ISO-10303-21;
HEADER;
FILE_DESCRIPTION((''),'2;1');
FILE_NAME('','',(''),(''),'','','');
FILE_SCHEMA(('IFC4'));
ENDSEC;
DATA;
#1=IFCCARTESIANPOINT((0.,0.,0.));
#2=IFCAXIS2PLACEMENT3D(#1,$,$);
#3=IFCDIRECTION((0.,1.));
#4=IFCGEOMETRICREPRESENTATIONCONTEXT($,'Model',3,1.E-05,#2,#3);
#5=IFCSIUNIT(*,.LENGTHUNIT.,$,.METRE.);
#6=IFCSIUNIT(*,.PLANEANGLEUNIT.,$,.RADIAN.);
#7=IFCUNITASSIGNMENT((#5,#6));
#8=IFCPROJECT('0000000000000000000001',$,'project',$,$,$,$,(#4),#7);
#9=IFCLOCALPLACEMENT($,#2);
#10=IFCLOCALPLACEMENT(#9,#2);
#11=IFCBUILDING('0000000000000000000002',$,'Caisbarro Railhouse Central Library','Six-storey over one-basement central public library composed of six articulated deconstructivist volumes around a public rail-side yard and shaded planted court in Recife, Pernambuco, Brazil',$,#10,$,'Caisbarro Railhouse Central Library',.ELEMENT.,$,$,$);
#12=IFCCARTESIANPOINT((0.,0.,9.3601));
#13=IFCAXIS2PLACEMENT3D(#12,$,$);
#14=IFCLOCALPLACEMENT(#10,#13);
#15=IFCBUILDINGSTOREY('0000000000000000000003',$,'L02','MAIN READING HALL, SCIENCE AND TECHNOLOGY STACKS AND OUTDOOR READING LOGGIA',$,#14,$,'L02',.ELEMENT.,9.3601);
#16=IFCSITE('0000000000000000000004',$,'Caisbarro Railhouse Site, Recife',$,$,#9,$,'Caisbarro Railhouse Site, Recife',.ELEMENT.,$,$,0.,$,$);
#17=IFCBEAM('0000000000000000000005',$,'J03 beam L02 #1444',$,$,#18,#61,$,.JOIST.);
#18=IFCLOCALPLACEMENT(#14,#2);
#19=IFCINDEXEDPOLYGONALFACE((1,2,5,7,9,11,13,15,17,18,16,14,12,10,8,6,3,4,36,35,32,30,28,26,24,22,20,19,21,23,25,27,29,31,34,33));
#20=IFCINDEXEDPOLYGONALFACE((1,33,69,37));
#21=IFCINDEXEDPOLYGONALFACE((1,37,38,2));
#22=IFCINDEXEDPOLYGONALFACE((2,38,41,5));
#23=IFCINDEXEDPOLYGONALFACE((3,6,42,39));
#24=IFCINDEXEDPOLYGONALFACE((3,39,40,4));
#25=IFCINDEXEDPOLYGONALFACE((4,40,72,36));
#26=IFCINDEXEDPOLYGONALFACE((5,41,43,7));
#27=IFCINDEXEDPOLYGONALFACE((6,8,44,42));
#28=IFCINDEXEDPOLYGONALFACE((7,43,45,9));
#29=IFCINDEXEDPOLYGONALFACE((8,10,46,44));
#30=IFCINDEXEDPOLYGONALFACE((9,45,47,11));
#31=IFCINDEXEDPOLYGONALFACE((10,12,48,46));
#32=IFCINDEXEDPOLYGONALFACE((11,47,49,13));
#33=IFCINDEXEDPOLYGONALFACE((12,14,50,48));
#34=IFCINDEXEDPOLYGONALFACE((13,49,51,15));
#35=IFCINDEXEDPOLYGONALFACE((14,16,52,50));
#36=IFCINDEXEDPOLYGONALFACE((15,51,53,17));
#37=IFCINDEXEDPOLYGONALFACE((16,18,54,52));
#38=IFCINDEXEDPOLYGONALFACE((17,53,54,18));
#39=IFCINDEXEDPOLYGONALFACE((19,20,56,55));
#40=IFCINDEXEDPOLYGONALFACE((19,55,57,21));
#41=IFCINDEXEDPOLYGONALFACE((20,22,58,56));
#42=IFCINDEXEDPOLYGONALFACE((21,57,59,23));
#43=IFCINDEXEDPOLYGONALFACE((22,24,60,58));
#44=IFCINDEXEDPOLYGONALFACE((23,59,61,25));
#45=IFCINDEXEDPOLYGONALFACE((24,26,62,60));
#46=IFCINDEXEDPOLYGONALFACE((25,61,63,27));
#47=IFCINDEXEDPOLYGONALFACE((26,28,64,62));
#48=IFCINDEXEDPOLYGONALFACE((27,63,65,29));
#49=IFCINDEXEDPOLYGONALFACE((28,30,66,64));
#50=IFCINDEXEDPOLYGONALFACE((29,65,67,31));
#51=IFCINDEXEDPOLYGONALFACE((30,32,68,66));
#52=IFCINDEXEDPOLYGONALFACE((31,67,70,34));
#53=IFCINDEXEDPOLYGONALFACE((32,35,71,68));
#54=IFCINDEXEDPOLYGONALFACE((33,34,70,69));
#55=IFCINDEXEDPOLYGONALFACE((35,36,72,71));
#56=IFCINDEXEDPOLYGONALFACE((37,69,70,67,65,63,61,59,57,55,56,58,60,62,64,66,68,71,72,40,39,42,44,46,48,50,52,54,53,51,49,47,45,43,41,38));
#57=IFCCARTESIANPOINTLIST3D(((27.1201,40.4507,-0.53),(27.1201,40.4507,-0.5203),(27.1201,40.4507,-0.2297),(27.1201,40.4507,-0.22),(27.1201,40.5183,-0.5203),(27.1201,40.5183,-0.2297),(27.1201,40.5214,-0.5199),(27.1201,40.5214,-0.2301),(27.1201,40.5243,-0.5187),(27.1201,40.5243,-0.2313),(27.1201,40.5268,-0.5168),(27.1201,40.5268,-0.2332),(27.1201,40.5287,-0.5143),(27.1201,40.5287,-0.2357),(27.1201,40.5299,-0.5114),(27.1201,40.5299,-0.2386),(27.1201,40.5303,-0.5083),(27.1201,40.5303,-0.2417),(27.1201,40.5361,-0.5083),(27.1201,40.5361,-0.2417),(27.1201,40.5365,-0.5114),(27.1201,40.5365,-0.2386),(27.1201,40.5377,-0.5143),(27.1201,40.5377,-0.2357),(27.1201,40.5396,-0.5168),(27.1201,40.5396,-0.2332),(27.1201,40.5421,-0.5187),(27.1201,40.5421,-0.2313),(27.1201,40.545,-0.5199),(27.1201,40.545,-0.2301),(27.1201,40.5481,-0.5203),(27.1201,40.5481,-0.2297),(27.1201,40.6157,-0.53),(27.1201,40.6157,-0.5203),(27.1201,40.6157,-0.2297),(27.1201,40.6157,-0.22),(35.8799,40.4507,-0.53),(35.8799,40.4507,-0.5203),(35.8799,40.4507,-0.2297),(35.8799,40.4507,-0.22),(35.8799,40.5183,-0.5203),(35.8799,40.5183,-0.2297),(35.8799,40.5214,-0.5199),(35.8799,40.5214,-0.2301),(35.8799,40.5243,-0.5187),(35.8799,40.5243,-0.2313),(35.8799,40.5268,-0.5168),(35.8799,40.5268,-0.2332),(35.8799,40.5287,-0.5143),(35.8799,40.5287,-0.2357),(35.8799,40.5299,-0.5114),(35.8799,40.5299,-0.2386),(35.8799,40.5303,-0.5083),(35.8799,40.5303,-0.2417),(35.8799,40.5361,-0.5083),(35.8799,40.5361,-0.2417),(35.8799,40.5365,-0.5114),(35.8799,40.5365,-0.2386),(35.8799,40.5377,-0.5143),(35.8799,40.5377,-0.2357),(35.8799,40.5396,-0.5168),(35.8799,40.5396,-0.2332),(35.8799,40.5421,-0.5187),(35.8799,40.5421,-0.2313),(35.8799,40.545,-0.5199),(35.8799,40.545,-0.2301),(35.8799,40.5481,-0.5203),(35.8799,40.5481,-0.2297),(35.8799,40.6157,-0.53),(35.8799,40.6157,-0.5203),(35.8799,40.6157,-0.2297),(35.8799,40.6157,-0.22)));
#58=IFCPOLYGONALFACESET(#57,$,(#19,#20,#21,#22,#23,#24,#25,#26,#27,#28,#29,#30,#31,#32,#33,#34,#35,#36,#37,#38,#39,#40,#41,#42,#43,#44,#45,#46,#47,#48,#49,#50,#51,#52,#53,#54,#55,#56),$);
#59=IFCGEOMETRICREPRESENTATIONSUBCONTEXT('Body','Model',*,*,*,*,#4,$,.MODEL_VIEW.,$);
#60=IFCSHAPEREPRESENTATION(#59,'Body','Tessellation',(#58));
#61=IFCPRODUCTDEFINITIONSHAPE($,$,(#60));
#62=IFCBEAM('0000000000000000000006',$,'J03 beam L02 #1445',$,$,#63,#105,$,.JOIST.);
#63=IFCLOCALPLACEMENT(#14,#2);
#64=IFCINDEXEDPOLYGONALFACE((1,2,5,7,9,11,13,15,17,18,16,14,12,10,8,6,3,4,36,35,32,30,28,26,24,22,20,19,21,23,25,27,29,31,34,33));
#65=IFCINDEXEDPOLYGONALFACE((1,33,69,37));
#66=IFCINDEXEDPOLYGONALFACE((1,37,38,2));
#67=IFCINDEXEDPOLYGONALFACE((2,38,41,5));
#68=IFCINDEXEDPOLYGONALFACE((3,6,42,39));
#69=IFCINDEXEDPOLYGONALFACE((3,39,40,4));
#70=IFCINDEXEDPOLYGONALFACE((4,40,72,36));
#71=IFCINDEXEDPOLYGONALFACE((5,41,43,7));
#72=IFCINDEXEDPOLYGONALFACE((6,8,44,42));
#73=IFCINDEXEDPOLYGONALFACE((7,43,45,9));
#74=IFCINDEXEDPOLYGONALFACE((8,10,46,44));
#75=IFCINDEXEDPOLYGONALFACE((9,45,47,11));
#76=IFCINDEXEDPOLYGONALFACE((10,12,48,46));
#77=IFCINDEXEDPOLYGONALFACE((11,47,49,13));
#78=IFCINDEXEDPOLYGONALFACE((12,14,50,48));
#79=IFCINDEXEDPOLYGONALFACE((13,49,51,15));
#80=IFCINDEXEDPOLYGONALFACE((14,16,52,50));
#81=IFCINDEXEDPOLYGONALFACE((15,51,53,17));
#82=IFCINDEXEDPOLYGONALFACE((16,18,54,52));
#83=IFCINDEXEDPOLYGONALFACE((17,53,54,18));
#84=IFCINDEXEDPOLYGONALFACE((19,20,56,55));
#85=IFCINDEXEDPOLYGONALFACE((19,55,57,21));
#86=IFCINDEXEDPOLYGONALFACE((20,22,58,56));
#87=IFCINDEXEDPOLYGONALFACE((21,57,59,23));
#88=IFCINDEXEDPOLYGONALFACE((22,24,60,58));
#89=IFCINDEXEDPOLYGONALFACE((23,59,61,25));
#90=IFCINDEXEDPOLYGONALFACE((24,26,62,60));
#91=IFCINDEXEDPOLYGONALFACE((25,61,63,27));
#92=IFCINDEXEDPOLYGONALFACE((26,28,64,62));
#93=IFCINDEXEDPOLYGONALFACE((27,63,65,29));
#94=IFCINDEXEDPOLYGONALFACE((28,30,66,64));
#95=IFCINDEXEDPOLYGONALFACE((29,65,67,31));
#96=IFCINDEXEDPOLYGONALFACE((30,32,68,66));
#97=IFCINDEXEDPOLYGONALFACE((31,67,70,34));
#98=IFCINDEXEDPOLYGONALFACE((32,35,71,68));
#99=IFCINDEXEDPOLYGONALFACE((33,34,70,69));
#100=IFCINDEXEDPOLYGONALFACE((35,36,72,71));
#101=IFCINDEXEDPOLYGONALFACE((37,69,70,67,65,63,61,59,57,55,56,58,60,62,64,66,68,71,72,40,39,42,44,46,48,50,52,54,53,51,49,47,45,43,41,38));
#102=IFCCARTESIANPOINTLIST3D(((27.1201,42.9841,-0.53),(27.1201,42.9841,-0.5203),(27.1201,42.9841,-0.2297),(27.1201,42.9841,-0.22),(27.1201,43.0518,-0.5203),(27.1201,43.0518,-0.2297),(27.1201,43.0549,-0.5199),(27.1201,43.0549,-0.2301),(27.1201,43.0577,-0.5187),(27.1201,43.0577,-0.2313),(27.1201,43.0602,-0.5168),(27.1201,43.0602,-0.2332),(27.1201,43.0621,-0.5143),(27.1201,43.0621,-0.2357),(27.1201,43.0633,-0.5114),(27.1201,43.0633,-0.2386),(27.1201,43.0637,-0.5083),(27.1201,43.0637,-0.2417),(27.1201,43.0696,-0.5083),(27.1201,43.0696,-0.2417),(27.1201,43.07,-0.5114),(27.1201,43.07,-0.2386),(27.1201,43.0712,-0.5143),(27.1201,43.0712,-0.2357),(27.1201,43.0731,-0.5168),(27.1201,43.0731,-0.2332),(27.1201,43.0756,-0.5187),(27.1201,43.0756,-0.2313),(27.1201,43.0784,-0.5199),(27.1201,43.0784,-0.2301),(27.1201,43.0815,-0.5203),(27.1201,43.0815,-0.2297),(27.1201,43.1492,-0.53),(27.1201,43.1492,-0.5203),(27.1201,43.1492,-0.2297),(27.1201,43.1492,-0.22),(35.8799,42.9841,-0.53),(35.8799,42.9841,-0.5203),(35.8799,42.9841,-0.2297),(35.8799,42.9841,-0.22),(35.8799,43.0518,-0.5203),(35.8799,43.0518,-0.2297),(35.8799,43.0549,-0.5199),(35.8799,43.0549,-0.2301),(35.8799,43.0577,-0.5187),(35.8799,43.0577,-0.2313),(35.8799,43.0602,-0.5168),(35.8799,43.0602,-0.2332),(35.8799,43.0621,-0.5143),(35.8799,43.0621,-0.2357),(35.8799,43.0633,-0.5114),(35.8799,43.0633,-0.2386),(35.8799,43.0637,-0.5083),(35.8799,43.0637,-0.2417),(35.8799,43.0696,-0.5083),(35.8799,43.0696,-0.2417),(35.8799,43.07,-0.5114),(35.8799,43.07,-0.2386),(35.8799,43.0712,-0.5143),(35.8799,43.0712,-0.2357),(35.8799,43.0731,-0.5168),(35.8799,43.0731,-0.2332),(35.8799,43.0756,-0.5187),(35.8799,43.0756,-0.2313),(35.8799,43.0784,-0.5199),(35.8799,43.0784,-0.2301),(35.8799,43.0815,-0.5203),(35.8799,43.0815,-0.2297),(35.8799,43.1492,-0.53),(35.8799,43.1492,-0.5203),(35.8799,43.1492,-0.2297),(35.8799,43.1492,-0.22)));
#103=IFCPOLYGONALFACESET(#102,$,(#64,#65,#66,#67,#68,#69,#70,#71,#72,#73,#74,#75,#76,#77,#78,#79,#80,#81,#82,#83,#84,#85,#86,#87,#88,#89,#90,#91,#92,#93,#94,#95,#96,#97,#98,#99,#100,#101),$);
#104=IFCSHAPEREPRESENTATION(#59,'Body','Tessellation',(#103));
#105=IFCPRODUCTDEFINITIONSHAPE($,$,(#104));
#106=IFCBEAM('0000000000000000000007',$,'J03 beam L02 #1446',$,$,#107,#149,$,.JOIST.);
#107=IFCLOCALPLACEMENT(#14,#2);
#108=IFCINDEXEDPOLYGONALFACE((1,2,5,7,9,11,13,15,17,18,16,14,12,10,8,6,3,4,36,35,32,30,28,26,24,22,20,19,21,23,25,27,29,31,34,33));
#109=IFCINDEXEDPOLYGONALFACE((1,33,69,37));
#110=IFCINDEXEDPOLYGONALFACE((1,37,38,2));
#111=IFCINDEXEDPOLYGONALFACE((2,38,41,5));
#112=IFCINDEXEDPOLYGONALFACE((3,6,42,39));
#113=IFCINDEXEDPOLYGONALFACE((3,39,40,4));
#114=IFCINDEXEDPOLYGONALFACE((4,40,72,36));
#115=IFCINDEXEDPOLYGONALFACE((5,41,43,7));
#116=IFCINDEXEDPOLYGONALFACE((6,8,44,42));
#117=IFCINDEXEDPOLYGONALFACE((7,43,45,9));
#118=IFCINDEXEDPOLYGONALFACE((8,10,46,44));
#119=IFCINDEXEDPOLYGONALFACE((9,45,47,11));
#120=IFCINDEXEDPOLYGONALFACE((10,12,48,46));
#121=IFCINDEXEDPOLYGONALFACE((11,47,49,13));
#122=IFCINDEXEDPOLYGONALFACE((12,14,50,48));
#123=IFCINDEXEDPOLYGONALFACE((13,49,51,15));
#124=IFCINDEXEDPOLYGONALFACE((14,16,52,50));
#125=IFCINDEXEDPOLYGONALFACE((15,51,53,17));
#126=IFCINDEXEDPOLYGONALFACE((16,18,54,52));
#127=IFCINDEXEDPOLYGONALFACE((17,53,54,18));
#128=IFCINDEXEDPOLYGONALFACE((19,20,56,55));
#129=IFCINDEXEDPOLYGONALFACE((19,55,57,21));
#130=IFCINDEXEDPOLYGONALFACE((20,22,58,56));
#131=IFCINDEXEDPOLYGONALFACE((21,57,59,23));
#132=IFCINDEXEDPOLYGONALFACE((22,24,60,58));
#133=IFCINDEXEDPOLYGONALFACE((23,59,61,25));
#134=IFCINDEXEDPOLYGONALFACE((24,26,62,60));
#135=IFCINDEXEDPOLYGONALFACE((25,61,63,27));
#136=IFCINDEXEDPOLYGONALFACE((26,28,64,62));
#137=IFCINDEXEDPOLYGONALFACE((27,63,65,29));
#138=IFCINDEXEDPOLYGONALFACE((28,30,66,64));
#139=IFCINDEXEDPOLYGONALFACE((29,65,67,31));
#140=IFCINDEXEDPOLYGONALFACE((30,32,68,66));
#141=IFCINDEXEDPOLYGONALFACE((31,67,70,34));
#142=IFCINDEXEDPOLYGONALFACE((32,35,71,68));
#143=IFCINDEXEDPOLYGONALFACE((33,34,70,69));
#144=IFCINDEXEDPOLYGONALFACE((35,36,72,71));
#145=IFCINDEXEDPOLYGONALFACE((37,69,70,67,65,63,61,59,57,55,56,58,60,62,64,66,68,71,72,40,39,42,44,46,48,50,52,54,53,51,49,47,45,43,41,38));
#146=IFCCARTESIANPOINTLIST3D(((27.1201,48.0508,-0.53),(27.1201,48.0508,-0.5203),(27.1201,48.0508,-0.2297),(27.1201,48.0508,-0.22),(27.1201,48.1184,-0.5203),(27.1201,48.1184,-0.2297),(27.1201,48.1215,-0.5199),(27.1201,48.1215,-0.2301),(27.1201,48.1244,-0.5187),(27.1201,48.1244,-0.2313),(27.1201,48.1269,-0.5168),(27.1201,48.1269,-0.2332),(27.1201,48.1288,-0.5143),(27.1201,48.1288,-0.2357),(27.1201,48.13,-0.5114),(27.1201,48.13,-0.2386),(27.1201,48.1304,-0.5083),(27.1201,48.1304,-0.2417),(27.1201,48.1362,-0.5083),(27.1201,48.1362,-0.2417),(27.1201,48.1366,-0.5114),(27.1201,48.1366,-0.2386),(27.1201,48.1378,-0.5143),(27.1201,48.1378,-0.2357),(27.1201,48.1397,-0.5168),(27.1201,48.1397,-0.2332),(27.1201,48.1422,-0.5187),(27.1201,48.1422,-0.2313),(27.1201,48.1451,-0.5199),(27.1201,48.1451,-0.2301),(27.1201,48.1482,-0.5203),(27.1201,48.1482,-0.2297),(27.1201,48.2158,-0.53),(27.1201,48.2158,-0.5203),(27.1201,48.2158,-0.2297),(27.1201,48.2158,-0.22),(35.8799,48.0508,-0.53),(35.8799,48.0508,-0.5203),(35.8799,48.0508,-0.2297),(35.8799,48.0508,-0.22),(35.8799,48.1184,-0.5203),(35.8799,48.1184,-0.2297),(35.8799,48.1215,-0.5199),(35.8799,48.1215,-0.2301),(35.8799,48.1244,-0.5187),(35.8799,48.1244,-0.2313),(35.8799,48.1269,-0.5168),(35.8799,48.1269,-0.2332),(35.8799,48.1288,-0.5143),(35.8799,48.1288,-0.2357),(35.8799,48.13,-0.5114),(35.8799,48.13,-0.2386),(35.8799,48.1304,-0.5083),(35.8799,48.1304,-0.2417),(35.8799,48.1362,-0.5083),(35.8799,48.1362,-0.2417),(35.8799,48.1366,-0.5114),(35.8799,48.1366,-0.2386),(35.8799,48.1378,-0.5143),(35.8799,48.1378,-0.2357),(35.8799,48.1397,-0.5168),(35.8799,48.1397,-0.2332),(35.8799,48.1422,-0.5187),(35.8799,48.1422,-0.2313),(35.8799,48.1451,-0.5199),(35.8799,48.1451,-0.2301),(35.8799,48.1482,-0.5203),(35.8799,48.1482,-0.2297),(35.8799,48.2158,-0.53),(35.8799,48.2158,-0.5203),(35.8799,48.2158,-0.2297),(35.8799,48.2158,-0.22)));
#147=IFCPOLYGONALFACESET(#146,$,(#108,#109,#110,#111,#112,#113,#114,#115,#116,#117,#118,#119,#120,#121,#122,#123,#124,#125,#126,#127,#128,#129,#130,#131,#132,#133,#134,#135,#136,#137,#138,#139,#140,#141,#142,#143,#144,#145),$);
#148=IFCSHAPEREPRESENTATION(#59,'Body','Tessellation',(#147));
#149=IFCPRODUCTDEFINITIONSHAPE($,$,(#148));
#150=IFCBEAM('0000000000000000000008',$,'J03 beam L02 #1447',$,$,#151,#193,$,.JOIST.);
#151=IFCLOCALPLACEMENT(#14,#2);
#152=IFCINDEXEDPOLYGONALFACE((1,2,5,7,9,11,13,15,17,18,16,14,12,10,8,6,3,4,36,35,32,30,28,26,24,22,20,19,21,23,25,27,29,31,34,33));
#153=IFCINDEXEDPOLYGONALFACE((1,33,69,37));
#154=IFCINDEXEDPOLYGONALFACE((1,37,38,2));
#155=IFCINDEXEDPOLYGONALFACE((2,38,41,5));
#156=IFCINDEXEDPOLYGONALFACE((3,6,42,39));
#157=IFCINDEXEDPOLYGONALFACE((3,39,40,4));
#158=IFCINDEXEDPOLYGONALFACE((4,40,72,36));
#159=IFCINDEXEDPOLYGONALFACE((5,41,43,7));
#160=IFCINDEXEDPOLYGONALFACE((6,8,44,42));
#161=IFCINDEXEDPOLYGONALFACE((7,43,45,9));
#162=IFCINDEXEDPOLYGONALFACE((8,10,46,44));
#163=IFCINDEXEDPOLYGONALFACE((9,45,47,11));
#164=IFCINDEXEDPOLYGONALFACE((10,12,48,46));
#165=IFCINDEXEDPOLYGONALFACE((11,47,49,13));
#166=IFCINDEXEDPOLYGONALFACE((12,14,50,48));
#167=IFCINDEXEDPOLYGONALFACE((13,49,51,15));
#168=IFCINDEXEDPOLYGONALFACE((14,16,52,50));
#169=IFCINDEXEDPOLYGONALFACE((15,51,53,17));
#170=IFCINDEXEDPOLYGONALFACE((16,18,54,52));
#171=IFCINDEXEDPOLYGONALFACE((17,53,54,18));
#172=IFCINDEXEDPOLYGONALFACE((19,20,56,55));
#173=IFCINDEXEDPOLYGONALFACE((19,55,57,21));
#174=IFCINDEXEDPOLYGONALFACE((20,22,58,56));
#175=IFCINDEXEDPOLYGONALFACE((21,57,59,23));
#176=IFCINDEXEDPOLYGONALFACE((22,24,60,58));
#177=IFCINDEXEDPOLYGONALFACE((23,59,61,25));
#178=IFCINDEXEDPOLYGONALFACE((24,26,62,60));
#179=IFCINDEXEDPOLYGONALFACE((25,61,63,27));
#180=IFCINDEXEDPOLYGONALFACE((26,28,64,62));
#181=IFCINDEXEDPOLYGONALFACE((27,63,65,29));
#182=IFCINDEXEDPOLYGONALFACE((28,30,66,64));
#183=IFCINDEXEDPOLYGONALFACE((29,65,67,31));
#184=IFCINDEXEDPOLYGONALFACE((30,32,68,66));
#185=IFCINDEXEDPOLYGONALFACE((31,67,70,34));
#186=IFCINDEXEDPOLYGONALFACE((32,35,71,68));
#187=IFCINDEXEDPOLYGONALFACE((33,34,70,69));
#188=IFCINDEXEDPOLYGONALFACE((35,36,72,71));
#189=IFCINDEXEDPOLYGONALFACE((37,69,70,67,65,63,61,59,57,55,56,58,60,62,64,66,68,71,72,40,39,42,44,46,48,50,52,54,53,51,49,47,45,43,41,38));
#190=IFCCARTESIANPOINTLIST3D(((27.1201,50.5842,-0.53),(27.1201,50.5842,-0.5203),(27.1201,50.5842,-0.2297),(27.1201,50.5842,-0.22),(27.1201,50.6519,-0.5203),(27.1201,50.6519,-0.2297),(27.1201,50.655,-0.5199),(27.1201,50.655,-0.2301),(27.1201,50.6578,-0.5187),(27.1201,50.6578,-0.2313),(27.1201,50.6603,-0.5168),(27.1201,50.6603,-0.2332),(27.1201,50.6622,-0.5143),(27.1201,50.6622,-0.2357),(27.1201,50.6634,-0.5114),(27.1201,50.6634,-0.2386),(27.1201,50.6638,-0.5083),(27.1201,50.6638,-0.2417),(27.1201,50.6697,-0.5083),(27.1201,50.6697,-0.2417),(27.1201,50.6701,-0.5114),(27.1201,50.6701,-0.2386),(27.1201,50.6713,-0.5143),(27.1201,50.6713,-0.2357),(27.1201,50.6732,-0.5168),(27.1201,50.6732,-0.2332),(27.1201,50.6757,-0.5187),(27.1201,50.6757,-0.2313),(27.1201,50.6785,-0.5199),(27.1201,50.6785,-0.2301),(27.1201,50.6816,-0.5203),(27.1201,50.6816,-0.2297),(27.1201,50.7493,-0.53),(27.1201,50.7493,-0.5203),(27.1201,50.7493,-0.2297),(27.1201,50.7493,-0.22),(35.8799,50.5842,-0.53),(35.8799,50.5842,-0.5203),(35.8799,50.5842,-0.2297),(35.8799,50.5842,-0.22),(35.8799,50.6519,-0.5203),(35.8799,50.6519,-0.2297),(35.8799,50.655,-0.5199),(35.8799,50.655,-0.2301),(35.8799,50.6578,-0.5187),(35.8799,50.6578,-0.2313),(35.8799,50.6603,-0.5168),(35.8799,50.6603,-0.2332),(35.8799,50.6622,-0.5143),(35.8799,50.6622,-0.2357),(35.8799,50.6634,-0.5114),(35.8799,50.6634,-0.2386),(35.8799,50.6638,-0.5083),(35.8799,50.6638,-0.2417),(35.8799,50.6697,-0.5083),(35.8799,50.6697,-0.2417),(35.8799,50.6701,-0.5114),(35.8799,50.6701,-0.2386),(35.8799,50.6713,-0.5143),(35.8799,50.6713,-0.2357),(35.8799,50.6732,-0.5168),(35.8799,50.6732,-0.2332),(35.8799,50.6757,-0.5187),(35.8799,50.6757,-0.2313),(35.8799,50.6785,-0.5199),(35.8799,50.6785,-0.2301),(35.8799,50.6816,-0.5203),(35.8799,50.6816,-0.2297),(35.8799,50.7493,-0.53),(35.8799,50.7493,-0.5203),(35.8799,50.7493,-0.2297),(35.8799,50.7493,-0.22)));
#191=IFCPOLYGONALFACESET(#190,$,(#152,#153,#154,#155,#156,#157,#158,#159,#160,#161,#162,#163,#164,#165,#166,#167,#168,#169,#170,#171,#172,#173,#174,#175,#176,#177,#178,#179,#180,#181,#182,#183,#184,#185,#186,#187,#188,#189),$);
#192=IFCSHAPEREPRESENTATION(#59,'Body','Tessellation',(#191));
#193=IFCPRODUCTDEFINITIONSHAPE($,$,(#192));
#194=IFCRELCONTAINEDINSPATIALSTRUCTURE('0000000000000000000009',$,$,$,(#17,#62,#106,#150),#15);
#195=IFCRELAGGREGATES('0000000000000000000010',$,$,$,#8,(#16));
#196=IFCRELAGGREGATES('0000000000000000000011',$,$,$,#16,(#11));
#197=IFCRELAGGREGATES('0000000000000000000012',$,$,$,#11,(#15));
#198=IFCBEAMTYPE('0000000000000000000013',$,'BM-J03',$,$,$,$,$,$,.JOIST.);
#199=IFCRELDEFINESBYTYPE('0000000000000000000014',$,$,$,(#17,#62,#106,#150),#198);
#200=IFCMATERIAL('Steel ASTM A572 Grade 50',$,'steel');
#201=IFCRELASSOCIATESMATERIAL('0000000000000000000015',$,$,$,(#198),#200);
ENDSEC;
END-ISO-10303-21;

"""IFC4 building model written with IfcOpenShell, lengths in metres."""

from ifc_helpers import new_model, si_unit, direction, frame, origin, origin_2d, place, context, subcontext, project, spatial, i_section, extrude, material, material_profile, profile_set, type_object, element, save


model = new_model("IFC4")

# Units and contexts
model_context = context("Model", 3, precision=1e-05, world=origin(), true_north=direction((0.0, 1.0)))
body_context = subcontext(model_context, "Body", "Model", "MODEL_VIEW")
ifc_project = project(units=[si_unit("LENGTHUNIT", "METRE"), si_unit("PLANEANGLEUNIT", "RADIAN")], contexts=[model_context])

# Site, building, storey
site_placement = place(None, origin())
site = spatial("IfcSite", under=ifc_project, at=site_placement, Name="Caisbarro Railhouse Site, Recife", LongName="Caisbarro Railhouse Site, Recife", CompositionType="ELEMENT", RefElevation=0.0)
building_placement = place(site_placement, origin())
building = spatial("IfcBuilding", under=site, at=building_placement, Name="Caisbarro Railhouse Central Library", Description="Six-storey over one-basement central public library composed of six articulated deconstructivist volumes around a public rail-side yard and shaded planted court in Recife, Pernambuco, Brazil", LongName="Caisbarro Railhouse Central Library", CompositionType="ELEMENT")
storey_placement = place(building_placement, frame((0.0, 0.0, 9.3601)))
storey = spatial("IfcBuildingStorey", under=building, at=storey_placement, Name="L02", Description="MAIN READING HALL, SCIENCE AND TECHNOLOGY STACKS AND OUTDOOR READING LOGGIA", LongName="L02", CompositionType="ELEMENT", Elevation=9.3601)

# Beams
ifc_material_1 = material(Name="Steel ASTM A572 Grade 50", Category="steel")
ifc_material_profile_1 = material_profile(ifc_material_1, i_section(OverallWidth=0.165, OverallDepth=0.3101, WebThickness=0.0059, FlangeThickness=0.0098, FilletRadius=0.012, at=origin_2d()), Name="W310X38.7")
ifc_profile_set_1 = profile_set([ifc_material_profile_1], Name="Steel ASTM A572 Grade 50")
beam_type_1 = type_object("IfcBeamType", Name="BM-J03", PredefinedType="JOIST", material=ifc_profile_set_1)
for number, where, z_axis, x_axis, name in (
    (1, (27.1201, 40.5332, -0.375), (1.0, 0.0, 0.0), (0.0, 1.0, 0.0), "J03 beam L02 #1444"),
    (2, (27.1201, 43.0667, -0.375), (1.0, 0.0, 0.0), (0.0, 1.0, 0.0), "J03 beam L02 #1445"),
    (3, (27.1201, 48.1333, -0.375), (1.0, 0.0, 0.0), (0.0, 1.0, 0.0), "J03 beam L02 #1446"),
    (4, (27.1201, 50.6667, -0.375), (1.0, 0.0, 0.0), (0.0, 1.0, 0.0), "J03 beam L02 #1447"),
):
    element("IfcBeam", number, at=place(storey_placement, frame(where, z_axis=z_axis, x_axis=x_axis)), inside=storey, type_object=beam_type_1, Name=name, PredefinedType="JOIST", context=body_context, shape_type="SweptSolid", body=[
        extrude(i_section(OverallWidth=0.165, OverallDepth=0.3101, WebThickness=0.0059, FlangeThickness=0.0098, FilletRadius=0.012, at=origin_2d()), origin(), (0.0, 0.0, 1.0), 8.7598),
    ])

save(model, "model.ifc")
